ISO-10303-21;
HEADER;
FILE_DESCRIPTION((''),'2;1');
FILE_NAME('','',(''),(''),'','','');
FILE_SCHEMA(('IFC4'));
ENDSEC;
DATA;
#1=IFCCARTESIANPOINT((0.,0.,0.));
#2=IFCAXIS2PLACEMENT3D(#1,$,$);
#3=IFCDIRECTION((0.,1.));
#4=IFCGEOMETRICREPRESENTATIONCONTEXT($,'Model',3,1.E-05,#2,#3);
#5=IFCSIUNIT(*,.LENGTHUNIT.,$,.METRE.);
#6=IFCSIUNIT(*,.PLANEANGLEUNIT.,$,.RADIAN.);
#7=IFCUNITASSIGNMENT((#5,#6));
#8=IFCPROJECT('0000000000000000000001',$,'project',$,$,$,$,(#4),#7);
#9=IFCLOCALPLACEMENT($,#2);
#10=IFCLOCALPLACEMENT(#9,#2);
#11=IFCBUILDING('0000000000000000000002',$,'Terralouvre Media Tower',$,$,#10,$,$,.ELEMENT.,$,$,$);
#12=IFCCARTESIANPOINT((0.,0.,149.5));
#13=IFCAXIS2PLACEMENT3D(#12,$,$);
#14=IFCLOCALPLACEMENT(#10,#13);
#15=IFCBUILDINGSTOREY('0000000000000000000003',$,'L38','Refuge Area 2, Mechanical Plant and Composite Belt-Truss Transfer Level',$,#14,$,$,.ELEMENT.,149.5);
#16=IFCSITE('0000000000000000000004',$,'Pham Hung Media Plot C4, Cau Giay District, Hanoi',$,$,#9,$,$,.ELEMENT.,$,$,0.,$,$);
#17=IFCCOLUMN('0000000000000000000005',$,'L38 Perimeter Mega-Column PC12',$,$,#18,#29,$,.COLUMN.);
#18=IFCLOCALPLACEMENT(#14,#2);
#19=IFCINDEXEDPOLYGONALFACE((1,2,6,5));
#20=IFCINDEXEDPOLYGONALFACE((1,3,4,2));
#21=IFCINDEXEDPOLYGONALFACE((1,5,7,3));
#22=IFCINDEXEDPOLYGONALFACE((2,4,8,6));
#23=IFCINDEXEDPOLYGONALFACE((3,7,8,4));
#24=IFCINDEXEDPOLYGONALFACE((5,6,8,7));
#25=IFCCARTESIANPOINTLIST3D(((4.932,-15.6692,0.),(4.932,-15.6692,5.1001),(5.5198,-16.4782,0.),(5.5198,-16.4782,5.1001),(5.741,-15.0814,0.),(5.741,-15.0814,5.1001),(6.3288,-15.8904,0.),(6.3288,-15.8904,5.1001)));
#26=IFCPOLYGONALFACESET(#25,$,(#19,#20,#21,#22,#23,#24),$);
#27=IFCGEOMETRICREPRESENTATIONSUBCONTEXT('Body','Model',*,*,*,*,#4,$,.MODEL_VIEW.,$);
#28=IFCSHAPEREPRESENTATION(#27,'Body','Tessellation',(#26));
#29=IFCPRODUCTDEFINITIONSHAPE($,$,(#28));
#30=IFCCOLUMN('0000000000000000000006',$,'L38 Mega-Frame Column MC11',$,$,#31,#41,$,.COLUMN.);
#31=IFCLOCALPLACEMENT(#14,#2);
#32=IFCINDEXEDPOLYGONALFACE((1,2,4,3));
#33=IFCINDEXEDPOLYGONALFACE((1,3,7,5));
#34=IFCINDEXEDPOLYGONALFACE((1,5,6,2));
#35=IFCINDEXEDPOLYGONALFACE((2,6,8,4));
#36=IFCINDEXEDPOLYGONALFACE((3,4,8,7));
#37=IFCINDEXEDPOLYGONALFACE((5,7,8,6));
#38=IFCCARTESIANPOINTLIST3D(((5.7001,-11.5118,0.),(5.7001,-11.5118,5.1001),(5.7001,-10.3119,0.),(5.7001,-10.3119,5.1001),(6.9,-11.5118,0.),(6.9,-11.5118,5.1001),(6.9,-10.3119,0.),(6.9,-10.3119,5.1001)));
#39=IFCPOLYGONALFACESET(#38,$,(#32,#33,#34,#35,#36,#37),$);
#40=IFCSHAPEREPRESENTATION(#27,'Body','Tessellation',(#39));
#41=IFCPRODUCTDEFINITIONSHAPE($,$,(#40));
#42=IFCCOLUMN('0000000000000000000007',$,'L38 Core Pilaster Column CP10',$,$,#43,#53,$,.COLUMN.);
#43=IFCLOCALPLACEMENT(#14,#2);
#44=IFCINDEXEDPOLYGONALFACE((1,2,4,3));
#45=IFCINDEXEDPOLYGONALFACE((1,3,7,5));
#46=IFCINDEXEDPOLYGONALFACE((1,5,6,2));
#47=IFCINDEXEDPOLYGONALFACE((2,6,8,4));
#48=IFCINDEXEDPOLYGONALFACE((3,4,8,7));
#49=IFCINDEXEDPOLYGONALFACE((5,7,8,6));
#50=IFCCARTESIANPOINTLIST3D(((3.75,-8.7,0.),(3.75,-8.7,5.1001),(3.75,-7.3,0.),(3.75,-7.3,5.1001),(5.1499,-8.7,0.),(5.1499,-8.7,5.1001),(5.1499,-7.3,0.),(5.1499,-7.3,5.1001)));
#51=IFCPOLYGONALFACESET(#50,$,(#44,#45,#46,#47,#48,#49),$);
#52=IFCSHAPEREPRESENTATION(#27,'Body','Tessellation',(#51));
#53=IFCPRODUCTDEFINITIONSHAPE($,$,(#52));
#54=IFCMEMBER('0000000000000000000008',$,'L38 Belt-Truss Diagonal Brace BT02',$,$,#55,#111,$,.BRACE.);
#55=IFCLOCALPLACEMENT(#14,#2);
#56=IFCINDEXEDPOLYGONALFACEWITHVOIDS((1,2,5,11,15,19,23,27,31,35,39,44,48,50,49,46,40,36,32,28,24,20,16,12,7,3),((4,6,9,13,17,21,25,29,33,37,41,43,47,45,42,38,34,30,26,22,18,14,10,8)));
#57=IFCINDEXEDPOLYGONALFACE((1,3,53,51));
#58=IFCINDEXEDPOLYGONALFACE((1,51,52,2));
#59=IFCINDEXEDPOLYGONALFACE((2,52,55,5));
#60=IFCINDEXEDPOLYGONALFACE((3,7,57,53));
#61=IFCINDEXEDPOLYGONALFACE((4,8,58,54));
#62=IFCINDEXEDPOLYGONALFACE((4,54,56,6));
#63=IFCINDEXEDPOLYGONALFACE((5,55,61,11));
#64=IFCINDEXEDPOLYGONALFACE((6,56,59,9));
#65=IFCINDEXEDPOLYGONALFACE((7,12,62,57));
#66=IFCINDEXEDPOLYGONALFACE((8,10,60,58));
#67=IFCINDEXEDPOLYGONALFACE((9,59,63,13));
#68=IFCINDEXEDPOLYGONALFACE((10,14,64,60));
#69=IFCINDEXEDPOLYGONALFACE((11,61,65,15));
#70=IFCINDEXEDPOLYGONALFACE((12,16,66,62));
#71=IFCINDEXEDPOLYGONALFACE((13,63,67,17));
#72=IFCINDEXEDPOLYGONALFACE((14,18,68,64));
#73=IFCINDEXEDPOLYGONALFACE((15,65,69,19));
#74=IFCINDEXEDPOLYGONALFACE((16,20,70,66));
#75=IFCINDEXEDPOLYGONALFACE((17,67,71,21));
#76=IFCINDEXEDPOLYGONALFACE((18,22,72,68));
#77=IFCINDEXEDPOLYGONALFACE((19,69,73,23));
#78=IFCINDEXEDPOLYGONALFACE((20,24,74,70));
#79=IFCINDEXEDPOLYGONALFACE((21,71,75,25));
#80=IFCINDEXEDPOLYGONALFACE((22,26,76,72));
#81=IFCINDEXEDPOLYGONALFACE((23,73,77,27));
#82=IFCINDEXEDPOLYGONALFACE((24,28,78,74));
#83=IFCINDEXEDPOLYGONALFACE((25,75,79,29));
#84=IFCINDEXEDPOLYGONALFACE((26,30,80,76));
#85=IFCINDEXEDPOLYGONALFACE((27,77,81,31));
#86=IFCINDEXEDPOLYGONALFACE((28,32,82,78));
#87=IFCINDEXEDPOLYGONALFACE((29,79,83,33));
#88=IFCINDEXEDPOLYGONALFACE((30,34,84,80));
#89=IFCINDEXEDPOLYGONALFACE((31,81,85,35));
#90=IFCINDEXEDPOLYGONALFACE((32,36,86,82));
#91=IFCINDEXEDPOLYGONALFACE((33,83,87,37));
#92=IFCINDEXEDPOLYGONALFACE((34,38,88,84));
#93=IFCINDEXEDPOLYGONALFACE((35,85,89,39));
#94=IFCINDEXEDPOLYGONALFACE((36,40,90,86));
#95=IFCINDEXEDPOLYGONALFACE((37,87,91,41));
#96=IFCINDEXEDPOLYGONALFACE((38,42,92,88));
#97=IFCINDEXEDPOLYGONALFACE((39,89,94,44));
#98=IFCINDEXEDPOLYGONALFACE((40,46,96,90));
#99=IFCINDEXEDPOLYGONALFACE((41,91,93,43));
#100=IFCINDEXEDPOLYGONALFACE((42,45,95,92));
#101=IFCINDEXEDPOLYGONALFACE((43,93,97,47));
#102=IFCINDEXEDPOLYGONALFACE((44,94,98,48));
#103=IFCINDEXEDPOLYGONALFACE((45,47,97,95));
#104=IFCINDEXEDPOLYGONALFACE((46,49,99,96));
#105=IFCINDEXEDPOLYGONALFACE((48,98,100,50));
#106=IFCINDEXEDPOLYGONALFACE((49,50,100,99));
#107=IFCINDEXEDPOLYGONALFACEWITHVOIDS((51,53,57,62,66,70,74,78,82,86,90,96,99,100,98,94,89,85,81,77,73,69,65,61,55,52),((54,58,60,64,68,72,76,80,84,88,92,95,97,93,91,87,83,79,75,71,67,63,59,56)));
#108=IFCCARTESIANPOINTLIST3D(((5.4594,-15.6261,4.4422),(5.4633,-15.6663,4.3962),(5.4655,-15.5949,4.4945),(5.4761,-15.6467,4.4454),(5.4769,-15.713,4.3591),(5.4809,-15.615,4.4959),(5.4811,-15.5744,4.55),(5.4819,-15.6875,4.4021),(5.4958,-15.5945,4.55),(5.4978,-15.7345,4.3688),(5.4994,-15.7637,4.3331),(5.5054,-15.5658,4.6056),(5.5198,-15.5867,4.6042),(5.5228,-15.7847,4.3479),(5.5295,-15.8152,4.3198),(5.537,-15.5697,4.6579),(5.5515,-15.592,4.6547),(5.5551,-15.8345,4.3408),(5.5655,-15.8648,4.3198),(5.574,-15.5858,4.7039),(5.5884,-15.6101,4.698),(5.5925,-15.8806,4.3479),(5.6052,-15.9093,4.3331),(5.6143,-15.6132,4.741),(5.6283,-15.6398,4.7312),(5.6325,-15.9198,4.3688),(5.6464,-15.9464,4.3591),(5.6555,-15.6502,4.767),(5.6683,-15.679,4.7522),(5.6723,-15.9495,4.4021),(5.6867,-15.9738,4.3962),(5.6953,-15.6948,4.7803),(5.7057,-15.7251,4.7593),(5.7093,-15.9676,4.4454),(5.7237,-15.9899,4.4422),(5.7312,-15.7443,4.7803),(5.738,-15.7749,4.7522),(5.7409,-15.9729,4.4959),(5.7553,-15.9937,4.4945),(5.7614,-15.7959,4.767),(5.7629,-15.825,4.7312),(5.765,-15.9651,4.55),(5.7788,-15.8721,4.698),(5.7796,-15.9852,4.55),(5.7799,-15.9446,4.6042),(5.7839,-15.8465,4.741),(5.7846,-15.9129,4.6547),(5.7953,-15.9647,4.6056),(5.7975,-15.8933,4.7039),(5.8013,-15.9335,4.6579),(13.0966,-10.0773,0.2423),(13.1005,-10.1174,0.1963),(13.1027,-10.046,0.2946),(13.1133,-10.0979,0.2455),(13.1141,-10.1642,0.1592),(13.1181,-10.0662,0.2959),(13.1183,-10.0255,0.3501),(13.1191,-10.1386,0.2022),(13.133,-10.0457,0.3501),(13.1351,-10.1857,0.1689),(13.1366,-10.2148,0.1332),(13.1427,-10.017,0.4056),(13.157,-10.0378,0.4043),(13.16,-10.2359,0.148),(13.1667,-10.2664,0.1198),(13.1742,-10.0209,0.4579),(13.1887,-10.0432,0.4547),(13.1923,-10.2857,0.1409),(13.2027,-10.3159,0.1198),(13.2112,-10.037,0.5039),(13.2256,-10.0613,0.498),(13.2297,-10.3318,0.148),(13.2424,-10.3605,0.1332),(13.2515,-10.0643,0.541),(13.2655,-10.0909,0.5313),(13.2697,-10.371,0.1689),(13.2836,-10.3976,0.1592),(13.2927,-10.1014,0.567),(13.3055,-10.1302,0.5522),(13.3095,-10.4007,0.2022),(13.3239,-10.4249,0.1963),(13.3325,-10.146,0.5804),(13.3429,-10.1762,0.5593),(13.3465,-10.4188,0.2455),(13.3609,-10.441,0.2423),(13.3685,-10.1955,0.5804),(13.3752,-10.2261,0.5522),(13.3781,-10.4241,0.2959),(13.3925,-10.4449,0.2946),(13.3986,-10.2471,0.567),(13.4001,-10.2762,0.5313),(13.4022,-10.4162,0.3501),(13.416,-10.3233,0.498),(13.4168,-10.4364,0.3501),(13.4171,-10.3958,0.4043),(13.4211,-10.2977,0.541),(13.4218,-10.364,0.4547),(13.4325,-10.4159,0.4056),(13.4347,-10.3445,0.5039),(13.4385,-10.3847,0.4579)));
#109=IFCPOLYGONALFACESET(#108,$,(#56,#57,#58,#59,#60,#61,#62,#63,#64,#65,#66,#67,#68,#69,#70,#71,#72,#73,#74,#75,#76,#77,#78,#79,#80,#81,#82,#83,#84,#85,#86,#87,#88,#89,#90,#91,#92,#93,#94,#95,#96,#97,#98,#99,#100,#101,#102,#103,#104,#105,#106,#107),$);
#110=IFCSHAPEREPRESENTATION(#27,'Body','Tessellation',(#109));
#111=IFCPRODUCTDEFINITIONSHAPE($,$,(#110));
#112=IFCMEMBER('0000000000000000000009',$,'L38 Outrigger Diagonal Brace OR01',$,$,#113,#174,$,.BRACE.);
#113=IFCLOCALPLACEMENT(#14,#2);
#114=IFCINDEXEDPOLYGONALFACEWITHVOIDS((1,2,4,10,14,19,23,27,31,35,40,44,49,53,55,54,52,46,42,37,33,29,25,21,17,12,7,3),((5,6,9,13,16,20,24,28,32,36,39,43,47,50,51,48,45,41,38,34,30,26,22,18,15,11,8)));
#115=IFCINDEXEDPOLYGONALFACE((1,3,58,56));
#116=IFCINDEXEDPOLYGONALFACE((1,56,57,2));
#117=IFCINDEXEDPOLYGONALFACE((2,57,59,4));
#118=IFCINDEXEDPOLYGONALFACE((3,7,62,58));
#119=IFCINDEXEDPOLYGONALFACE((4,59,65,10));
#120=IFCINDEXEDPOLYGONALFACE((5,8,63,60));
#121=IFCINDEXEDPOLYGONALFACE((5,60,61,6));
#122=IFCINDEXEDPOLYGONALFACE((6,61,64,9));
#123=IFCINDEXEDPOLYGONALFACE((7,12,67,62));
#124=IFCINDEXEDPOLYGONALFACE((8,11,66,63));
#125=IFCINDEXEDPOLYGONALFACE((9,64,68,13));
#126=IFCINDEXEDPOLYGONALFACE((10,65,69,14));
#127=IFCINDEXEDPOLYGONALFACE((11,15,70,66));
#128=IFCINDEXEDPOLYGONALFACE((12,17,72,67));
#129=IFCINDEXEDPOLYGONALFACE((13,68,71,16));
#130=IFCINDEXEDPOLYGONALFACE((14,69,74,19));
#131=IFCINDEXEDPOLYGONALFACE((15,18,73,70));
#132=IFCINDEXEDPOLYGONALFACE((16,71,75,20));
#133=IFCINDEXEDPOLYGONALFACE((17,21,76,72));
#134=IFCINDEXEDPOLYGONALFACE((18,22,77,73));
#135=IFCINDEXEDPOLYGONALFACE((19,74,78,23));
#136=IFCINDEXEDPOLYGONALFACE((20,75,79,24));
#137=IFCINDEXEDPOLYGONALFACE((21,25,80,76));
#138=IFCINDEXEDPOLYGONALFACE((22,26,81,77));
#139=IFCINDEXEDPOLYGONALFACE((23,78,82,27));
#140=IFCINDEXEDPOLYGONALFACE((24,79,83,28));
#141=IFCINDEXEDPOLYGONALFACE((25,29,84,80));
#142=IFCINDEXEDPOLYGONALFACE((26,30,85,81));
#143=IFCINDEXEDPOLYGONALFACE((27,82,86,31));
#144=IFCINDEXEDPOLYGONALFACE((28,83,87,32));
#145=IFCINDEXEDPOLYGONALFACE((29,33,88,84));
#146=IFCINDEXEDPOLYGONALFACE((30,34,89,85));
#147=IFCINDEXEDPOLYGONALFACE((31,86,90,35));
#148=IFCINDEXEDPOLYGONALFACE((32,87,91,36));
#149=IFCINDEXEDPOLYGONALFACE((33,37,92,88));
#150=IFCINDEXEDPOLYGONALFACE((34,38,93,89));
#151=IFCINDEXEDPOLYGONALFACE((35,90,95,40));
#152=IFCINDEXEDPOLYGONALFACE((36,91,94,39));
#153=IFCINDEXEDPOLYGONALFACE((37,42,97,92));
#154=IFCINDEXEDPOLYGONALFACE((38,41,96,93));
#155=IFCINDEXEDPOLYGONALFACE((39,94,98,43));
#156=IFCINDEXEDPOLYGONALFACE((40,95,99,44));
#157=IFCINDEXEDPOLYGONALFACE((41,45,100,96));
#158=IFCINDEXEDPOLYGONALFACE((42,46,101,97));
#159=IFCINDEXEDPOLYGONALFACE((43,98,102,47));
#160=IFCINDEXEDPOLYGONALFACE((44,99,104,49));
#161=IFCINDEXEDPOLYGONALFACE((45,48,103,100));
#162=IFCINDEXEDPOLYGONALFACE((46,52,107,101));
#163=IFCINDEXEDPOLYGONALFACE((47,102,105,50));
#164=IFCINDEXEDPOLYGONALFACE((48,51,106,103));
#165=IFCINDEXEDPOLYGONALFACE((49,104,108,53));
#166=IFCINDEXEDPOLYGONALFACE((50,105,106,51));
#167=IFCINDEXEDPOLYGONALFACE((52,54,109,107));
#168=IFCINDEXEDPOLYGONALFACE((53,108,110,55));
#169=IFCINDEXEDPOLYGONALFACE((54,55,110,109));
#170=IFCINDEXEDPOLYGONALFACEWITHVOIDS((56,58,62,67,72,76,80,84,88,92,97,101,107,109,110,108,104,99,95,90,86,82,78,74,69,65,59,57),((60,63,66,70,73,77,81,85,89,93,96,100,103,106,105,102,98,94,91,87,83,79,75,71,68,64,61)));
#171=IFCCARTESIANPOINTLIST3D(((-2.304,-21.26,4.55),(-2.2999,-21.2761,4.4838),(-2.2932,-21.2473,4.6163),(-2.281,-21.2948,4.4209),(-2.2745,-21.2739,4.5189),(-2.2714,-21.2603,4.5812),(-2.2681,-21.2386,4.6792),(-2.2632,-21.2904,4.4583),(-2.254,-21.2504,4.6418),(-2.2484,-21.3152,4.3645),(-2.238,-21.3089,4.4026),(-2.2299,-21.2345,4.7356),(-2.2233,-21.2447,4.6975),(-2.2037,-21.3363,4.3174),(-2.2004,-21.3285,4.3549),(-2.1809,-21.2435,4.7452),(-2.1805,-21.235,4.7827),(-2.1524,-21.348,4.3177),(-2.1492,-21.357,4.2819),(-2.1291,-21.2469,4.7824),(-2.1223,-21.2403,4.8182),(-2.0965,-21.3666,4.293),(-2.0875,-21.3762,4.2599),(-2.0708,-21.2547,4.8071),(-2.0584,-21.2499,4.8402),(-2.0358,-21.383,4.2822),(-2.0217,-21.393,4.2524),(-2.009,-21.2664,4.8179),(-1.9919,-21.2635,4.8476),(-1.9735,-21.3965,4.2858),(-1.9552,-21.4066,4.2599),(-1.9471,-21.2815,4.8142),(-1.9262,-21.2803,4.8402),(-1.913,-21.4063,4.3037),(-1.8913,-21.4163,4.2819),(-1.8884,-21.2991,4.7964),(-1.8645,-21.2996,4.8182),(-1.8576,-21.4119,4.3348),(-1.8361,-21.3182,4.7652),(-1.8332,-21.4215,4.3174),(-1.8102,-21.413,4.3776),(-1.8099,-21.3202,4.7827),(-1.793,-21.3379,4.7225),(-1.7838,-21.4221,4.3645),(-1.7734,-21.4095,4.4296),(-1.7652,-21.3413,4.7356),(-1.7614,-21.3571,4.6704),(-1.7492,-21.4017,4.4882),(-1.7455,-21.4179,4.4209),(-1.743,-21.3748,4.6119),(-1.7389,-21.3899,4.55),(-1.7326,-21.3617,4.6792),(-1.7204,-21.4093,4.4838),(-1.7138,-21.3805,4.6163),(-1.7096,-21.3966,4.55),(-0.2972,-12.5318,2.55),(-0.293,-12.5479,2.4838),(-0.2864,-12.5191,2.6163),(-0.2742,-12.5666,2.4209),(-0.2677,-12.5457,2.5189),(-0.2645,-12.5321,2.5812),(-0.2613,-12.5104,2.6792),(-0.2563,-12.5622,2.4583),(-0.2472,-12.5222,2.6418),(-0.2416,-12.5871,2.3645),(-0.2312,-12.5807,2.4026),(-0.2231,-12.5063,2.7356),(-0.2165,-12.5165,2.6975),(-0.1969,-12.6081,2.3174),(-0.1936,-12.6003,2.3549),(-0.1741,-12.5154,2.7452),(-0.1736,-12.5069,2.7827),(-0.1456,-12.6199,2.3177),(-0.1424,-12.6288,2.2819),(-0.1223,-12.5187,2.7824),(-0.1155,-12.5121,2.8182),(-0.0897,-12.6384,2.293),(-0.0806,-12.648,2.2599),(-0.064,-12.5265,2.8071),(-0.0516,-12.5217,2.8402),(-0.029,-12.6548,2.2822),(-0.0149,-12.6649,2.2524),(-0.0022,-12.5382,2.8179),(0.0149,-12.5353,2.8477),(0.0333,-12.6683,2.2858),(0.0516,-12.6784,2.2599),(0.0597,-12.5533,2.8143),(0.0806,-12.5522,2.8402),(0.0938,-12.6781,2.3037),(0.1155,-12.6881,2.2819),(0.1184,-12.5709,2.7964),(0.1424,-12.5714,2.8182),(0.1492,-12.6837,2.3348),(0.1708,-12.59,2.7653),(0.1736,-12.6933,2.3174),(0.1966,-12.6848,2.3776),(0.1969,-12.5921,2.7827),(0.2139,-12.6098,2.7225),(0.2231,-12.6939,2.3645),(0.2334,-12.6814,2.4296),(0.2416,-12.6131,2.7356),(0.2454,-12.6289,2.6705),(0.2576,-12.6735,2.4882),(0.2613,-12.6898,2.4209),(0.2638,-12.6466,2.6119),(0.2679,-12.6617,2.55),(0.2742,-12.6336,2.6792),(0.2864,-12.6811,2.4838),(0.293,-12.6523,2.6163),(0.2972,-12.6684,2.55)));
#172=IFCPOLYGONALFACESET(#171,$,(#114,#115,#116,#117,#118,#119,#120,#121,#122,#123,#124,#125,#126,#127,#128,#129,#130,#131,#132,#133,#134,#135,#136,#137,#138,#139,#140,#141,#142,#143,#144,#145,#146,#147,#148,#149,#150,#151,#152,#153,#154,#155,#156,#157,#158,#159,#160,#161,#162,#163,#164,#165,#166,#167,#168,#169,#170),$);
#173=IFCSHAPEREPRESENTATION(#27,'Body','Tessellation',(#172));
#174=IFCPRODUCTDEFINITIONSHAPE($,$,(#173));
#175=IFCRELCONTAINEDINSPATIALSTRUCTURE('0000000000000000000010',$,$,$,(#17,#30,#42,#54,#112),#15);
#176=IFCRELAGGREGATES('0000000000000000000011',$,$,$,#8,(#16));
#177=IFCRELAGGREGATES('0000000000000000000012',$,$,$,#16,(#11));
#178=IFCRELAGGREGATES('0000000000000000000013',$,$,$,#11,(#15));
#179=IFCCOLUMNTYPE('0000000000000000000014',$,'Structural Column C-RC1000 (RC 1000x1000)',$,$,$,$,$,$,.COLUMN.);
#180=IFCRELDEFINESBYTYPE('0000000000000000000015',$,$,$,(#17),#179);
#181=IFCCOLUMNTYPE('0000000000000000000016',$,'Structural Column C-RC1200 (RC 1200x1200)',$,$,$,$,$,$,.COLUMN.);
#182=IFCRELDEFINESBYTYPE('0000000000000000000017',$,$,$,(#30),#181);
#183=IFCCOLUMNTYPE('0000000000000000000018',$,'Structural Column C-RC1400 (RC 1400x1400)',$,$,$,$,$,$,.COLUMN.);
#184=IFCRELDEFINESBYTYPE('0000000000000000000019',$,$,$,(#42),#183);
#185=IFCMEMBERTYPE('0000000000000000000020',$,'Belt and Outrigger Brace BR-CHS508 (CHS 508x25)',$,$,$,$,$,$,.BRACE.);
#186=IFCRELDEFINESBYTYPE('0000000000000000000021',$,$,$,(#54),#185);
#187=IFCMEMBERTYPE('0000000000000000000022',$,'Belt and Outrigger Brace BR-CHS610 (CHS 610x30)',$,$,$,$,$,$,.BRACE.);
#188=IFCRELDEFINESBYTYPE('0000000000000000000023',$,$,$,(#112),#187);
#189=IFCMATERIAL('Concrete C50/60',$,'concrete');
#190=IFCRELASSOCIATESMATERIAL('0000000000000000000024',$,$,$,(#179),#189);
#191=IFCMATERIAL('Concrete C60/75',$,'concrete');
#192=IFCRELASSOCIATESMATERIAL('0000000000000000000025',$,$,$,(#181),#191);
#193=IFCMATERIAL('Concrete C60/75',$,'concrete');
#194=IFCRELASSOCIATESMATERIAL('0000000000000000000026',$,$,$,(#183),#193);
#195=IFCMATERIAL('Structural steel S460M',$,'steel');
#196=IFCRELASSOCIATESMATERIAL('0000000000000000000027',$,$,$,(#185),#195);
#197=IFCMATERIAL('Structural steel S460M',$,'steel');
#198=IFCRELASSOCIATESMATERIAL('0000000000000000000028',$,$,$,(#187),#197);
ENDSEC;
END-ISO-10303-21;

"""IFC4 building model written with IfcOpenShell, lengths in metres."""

from ifc_helpers import new_model, si_unit, direction, frame, origin, origin_2d, place, context, subcontext, project, spatial, rectangle, hollow_circle, extrude, material, material_profile, profile_set, type_object, element, save


model = new_model("IFC4")

# Units and contexts
model_context = context("Model", 3, precision=1e-05, world=origin(), true_north=direction((0.0, 1.0)))
body_context = subcontext(model_context, "Body", "Model", "MODEL_VIEW")
ifc_project = project(units=[si_unit("LENGTHUNIT", "METRE"), si_unit("PLANEANGLEUNIT", "RADIAN")], contexts=[model_context])

# Site, building, storey
site_placement = place(None, origin())
site = spatial("IfcSite", under=ifc_project, at=site_placement, Name="Pham Hung Media Plot C4, Cau Giay District, Hanoi", CompositionType="ELEMENT", RefElevation=0.0)
building_placement = place(site_placement, origin())
building = spatial("IfcBuilding", under=site, at=building_placement, Name="Terralouvre Media Tower", CompositionType="ELEMENT")
storey_placement = place(building_placement, frame((0.0, 0.0, 149.5)))
storey = spatial("IfcBuildingStorey", under=building, at=storey_placement, Name="L38", Description="Refuge Area 2, Mechanical Plant and Composite Belt-Truss Transfer Level", CompositionType="ELEMENT", Elevation=149.5)

# Columns
ifc_material_1 = material(Name="Concrete C50/60", Category="concrete")
ifc_material_profile_1 = material_profile(ifc_material_1, rectangle(XDim=1.0, YDim=1.0, at=origin_2d()), Name="RC 1000x1000")
ifc_profile_set_1 = profile_set([ifc_material_profile_1], Name="Concrete C50/60")
column_type_1 = type_object("IfcColumnType", Name="Structural Column C-RC1000 (RC 1000x1000)", PredefinedType="COLUMN", material=ifc_profile_set_1)
column_1_placement = place(storey_placement, frame((5.6304, -15.7798, 0.0), z_axis=(0.0, 0.0, 1.0), x_axis=(0.809017, 0.587785, 0.0)))
element("IfcColumn", 1, at=column_1_placement, inside=storey, type_object=column_type_1, Name="L38 Perimeter Mega-Column PC12", PredefinedType="COLUMN", context=body_context, shape_type="SweptSolid", body=[
    extrude(rectangle(XDim=1.0, YDim=1.0, at=origin_2d()), origin(), (0.0, 0.0, 1.0), 5.1001),
])
ifc_material_2 = material(Name="Concrete C60/75", Category="concrete")
ifc_material_profile_2 = material_profile(ifc_material_2, rectangle(XDim=1.2, YDim=1.2, at=origin_2d()), Name="RC 1200x1200")
ifc_profile_set_2 = profile_set([ifc_material_profile_2], Name="Concrete C60/75")
column_type_2 = type_object("IfcColumnType", Name="Structural Column C-RC1200 (RC 1200x1200)", PredefinedType="COLUMN", material=ifc_profile_set_2)
column_2_placement = place(storey_placement, frame((6.3, -10.9119, 0.0), z_axis=(0.0, 0.0, 1.0), x_axis=(1.0, 0.0, 0.0)))
element("IfcColumn", 2, at=column_2_placement, inside=storey, type_object=column_type_2, Name="L38 Mega-Frame Column MC11", PredefinedType="COLUMN", context=body_context, shape_type="SweptSolid", body=[
    extrude(rectangle(XDim=1.2, YDim=1.2, at=origin_2d()), origin(), (0.0, 0.0, 1.0), 5.1001),
])
ifc_material_3 = material(Name="Concrete C60/75", Category="concrete")
ifc_material_profile_3 = material_profile(ifc_material_3, rectangle(XDim=1.3999, YDim=1.3999, at=origin_2d()), Name="RC 1400x1400")
ifc_profile_set_3 = profile_set([ifc_material_profile_3], Name="Concrete C60/75")
column_type_3 = type_object("IfcColumnType", Name="Structural Column C-RC1400 (RC 1400x1400)", PredefinedType="COLUMN", material=ifc_profile_set_3)
column_3_placement = place(storey_placement, frame((4.45, -8.0, 0.0), z_axis=(0.0, 0.0, 1.0), x_axis=(1.0, 0.0, 0.0)))
element("IfcColumn", 3, at=column_3_placement, inside=storey, type_object=column_type_3, Name="L38 Core Pilaster Column CP10", PredefinedType="COLUMN", context=body_context, shape_type="SweptSolid", body=[
    extrude(rectangle(XDim=1.3999, YDim=1.3999, at=origin_2d()), origin(), (0.0, 0.0, 1.0), 5.1001),
])

# Members
ifc_material_4 = material(Name="Structural steel S460M", Category="steel")
ifc_material_profile_4 = material_profile(ifc_material_4, hollow_circle(Radius=0.2539, WallThickness=0.0249, at=origin_2d()), Name="CHS 508x25")
ifc_profile_set_4 = profile_set([ifc_material_profile_4], Name="Structural steel S460M")
member_type_1 = type_object("IfcMemberType", Name="Belt and Outrigger Brace BR-CHS508 (CHS 508x25)", PredefinedType="BRACE", material=ifc_profile_set_4)
member_1_placement = place(storey_placement, frame((5.6304, -15.7798, 4.55), z_axis=(0.73916, 0.537038, -0.406488), x_axis=(-0.58779, 0.809013, 0.0)))
element("IfcMember", 4, at=member_1_placement, inside=storey, type_object=member_type_1, Name="L38 Belt-Truss Diagonal Brace BT02", PredefinedType="BRACE", context=body_context, shape_type="SweptSolid", body=[
    extrude(hollow_circle(Radius=0.2539, WallThickness=0.0249, at=origin_2d()), origin(), (0.0, 0.0, 1.0), 10.3323),
])
ifc_material_5 = material(Name="Structural steel S460M", Category="steel")
ifc_material_profile_5 = material_profile(ifc_material_5, hollow_circle(Radius=0.3049, WallThickness=0.03, at=origin_2d()), Name="CHS 610x30")
ifc_profile_set_5 = profile_set([ifc_material_profile_5], Name="Structural steel S460M")
member_type_2 = type_object("IfcMemberType", Name="Belt and Outrigger Brace BR-CHS610 (CHS 610x30)", PredefinedType="BRACE", material=ifc_profile_set_5)
member_2_placement = place(storey_placement, frame((0.0, -12.6001, 2.55), z_axis=(-0.21869, -0.951144, 0.217945), x_axis=(0.974571, -0.224077, 0.0)))
element("IfcMember", 5, at=member_2_placement, inside=storey, type_object=member_type_2, Name="L38 Outrigger Diagonal Brace OR01", PredefinedType="BRACE", context=body_context, shape_type="SweptSolid", body=[
    extrude(hollow_circle(Radius=0.3049, WallThickness=0.03, at=origin_2d()), origin(), (0.0, 0.0, 1.0), 9.1765),
])

save(model, "model.ifc")
